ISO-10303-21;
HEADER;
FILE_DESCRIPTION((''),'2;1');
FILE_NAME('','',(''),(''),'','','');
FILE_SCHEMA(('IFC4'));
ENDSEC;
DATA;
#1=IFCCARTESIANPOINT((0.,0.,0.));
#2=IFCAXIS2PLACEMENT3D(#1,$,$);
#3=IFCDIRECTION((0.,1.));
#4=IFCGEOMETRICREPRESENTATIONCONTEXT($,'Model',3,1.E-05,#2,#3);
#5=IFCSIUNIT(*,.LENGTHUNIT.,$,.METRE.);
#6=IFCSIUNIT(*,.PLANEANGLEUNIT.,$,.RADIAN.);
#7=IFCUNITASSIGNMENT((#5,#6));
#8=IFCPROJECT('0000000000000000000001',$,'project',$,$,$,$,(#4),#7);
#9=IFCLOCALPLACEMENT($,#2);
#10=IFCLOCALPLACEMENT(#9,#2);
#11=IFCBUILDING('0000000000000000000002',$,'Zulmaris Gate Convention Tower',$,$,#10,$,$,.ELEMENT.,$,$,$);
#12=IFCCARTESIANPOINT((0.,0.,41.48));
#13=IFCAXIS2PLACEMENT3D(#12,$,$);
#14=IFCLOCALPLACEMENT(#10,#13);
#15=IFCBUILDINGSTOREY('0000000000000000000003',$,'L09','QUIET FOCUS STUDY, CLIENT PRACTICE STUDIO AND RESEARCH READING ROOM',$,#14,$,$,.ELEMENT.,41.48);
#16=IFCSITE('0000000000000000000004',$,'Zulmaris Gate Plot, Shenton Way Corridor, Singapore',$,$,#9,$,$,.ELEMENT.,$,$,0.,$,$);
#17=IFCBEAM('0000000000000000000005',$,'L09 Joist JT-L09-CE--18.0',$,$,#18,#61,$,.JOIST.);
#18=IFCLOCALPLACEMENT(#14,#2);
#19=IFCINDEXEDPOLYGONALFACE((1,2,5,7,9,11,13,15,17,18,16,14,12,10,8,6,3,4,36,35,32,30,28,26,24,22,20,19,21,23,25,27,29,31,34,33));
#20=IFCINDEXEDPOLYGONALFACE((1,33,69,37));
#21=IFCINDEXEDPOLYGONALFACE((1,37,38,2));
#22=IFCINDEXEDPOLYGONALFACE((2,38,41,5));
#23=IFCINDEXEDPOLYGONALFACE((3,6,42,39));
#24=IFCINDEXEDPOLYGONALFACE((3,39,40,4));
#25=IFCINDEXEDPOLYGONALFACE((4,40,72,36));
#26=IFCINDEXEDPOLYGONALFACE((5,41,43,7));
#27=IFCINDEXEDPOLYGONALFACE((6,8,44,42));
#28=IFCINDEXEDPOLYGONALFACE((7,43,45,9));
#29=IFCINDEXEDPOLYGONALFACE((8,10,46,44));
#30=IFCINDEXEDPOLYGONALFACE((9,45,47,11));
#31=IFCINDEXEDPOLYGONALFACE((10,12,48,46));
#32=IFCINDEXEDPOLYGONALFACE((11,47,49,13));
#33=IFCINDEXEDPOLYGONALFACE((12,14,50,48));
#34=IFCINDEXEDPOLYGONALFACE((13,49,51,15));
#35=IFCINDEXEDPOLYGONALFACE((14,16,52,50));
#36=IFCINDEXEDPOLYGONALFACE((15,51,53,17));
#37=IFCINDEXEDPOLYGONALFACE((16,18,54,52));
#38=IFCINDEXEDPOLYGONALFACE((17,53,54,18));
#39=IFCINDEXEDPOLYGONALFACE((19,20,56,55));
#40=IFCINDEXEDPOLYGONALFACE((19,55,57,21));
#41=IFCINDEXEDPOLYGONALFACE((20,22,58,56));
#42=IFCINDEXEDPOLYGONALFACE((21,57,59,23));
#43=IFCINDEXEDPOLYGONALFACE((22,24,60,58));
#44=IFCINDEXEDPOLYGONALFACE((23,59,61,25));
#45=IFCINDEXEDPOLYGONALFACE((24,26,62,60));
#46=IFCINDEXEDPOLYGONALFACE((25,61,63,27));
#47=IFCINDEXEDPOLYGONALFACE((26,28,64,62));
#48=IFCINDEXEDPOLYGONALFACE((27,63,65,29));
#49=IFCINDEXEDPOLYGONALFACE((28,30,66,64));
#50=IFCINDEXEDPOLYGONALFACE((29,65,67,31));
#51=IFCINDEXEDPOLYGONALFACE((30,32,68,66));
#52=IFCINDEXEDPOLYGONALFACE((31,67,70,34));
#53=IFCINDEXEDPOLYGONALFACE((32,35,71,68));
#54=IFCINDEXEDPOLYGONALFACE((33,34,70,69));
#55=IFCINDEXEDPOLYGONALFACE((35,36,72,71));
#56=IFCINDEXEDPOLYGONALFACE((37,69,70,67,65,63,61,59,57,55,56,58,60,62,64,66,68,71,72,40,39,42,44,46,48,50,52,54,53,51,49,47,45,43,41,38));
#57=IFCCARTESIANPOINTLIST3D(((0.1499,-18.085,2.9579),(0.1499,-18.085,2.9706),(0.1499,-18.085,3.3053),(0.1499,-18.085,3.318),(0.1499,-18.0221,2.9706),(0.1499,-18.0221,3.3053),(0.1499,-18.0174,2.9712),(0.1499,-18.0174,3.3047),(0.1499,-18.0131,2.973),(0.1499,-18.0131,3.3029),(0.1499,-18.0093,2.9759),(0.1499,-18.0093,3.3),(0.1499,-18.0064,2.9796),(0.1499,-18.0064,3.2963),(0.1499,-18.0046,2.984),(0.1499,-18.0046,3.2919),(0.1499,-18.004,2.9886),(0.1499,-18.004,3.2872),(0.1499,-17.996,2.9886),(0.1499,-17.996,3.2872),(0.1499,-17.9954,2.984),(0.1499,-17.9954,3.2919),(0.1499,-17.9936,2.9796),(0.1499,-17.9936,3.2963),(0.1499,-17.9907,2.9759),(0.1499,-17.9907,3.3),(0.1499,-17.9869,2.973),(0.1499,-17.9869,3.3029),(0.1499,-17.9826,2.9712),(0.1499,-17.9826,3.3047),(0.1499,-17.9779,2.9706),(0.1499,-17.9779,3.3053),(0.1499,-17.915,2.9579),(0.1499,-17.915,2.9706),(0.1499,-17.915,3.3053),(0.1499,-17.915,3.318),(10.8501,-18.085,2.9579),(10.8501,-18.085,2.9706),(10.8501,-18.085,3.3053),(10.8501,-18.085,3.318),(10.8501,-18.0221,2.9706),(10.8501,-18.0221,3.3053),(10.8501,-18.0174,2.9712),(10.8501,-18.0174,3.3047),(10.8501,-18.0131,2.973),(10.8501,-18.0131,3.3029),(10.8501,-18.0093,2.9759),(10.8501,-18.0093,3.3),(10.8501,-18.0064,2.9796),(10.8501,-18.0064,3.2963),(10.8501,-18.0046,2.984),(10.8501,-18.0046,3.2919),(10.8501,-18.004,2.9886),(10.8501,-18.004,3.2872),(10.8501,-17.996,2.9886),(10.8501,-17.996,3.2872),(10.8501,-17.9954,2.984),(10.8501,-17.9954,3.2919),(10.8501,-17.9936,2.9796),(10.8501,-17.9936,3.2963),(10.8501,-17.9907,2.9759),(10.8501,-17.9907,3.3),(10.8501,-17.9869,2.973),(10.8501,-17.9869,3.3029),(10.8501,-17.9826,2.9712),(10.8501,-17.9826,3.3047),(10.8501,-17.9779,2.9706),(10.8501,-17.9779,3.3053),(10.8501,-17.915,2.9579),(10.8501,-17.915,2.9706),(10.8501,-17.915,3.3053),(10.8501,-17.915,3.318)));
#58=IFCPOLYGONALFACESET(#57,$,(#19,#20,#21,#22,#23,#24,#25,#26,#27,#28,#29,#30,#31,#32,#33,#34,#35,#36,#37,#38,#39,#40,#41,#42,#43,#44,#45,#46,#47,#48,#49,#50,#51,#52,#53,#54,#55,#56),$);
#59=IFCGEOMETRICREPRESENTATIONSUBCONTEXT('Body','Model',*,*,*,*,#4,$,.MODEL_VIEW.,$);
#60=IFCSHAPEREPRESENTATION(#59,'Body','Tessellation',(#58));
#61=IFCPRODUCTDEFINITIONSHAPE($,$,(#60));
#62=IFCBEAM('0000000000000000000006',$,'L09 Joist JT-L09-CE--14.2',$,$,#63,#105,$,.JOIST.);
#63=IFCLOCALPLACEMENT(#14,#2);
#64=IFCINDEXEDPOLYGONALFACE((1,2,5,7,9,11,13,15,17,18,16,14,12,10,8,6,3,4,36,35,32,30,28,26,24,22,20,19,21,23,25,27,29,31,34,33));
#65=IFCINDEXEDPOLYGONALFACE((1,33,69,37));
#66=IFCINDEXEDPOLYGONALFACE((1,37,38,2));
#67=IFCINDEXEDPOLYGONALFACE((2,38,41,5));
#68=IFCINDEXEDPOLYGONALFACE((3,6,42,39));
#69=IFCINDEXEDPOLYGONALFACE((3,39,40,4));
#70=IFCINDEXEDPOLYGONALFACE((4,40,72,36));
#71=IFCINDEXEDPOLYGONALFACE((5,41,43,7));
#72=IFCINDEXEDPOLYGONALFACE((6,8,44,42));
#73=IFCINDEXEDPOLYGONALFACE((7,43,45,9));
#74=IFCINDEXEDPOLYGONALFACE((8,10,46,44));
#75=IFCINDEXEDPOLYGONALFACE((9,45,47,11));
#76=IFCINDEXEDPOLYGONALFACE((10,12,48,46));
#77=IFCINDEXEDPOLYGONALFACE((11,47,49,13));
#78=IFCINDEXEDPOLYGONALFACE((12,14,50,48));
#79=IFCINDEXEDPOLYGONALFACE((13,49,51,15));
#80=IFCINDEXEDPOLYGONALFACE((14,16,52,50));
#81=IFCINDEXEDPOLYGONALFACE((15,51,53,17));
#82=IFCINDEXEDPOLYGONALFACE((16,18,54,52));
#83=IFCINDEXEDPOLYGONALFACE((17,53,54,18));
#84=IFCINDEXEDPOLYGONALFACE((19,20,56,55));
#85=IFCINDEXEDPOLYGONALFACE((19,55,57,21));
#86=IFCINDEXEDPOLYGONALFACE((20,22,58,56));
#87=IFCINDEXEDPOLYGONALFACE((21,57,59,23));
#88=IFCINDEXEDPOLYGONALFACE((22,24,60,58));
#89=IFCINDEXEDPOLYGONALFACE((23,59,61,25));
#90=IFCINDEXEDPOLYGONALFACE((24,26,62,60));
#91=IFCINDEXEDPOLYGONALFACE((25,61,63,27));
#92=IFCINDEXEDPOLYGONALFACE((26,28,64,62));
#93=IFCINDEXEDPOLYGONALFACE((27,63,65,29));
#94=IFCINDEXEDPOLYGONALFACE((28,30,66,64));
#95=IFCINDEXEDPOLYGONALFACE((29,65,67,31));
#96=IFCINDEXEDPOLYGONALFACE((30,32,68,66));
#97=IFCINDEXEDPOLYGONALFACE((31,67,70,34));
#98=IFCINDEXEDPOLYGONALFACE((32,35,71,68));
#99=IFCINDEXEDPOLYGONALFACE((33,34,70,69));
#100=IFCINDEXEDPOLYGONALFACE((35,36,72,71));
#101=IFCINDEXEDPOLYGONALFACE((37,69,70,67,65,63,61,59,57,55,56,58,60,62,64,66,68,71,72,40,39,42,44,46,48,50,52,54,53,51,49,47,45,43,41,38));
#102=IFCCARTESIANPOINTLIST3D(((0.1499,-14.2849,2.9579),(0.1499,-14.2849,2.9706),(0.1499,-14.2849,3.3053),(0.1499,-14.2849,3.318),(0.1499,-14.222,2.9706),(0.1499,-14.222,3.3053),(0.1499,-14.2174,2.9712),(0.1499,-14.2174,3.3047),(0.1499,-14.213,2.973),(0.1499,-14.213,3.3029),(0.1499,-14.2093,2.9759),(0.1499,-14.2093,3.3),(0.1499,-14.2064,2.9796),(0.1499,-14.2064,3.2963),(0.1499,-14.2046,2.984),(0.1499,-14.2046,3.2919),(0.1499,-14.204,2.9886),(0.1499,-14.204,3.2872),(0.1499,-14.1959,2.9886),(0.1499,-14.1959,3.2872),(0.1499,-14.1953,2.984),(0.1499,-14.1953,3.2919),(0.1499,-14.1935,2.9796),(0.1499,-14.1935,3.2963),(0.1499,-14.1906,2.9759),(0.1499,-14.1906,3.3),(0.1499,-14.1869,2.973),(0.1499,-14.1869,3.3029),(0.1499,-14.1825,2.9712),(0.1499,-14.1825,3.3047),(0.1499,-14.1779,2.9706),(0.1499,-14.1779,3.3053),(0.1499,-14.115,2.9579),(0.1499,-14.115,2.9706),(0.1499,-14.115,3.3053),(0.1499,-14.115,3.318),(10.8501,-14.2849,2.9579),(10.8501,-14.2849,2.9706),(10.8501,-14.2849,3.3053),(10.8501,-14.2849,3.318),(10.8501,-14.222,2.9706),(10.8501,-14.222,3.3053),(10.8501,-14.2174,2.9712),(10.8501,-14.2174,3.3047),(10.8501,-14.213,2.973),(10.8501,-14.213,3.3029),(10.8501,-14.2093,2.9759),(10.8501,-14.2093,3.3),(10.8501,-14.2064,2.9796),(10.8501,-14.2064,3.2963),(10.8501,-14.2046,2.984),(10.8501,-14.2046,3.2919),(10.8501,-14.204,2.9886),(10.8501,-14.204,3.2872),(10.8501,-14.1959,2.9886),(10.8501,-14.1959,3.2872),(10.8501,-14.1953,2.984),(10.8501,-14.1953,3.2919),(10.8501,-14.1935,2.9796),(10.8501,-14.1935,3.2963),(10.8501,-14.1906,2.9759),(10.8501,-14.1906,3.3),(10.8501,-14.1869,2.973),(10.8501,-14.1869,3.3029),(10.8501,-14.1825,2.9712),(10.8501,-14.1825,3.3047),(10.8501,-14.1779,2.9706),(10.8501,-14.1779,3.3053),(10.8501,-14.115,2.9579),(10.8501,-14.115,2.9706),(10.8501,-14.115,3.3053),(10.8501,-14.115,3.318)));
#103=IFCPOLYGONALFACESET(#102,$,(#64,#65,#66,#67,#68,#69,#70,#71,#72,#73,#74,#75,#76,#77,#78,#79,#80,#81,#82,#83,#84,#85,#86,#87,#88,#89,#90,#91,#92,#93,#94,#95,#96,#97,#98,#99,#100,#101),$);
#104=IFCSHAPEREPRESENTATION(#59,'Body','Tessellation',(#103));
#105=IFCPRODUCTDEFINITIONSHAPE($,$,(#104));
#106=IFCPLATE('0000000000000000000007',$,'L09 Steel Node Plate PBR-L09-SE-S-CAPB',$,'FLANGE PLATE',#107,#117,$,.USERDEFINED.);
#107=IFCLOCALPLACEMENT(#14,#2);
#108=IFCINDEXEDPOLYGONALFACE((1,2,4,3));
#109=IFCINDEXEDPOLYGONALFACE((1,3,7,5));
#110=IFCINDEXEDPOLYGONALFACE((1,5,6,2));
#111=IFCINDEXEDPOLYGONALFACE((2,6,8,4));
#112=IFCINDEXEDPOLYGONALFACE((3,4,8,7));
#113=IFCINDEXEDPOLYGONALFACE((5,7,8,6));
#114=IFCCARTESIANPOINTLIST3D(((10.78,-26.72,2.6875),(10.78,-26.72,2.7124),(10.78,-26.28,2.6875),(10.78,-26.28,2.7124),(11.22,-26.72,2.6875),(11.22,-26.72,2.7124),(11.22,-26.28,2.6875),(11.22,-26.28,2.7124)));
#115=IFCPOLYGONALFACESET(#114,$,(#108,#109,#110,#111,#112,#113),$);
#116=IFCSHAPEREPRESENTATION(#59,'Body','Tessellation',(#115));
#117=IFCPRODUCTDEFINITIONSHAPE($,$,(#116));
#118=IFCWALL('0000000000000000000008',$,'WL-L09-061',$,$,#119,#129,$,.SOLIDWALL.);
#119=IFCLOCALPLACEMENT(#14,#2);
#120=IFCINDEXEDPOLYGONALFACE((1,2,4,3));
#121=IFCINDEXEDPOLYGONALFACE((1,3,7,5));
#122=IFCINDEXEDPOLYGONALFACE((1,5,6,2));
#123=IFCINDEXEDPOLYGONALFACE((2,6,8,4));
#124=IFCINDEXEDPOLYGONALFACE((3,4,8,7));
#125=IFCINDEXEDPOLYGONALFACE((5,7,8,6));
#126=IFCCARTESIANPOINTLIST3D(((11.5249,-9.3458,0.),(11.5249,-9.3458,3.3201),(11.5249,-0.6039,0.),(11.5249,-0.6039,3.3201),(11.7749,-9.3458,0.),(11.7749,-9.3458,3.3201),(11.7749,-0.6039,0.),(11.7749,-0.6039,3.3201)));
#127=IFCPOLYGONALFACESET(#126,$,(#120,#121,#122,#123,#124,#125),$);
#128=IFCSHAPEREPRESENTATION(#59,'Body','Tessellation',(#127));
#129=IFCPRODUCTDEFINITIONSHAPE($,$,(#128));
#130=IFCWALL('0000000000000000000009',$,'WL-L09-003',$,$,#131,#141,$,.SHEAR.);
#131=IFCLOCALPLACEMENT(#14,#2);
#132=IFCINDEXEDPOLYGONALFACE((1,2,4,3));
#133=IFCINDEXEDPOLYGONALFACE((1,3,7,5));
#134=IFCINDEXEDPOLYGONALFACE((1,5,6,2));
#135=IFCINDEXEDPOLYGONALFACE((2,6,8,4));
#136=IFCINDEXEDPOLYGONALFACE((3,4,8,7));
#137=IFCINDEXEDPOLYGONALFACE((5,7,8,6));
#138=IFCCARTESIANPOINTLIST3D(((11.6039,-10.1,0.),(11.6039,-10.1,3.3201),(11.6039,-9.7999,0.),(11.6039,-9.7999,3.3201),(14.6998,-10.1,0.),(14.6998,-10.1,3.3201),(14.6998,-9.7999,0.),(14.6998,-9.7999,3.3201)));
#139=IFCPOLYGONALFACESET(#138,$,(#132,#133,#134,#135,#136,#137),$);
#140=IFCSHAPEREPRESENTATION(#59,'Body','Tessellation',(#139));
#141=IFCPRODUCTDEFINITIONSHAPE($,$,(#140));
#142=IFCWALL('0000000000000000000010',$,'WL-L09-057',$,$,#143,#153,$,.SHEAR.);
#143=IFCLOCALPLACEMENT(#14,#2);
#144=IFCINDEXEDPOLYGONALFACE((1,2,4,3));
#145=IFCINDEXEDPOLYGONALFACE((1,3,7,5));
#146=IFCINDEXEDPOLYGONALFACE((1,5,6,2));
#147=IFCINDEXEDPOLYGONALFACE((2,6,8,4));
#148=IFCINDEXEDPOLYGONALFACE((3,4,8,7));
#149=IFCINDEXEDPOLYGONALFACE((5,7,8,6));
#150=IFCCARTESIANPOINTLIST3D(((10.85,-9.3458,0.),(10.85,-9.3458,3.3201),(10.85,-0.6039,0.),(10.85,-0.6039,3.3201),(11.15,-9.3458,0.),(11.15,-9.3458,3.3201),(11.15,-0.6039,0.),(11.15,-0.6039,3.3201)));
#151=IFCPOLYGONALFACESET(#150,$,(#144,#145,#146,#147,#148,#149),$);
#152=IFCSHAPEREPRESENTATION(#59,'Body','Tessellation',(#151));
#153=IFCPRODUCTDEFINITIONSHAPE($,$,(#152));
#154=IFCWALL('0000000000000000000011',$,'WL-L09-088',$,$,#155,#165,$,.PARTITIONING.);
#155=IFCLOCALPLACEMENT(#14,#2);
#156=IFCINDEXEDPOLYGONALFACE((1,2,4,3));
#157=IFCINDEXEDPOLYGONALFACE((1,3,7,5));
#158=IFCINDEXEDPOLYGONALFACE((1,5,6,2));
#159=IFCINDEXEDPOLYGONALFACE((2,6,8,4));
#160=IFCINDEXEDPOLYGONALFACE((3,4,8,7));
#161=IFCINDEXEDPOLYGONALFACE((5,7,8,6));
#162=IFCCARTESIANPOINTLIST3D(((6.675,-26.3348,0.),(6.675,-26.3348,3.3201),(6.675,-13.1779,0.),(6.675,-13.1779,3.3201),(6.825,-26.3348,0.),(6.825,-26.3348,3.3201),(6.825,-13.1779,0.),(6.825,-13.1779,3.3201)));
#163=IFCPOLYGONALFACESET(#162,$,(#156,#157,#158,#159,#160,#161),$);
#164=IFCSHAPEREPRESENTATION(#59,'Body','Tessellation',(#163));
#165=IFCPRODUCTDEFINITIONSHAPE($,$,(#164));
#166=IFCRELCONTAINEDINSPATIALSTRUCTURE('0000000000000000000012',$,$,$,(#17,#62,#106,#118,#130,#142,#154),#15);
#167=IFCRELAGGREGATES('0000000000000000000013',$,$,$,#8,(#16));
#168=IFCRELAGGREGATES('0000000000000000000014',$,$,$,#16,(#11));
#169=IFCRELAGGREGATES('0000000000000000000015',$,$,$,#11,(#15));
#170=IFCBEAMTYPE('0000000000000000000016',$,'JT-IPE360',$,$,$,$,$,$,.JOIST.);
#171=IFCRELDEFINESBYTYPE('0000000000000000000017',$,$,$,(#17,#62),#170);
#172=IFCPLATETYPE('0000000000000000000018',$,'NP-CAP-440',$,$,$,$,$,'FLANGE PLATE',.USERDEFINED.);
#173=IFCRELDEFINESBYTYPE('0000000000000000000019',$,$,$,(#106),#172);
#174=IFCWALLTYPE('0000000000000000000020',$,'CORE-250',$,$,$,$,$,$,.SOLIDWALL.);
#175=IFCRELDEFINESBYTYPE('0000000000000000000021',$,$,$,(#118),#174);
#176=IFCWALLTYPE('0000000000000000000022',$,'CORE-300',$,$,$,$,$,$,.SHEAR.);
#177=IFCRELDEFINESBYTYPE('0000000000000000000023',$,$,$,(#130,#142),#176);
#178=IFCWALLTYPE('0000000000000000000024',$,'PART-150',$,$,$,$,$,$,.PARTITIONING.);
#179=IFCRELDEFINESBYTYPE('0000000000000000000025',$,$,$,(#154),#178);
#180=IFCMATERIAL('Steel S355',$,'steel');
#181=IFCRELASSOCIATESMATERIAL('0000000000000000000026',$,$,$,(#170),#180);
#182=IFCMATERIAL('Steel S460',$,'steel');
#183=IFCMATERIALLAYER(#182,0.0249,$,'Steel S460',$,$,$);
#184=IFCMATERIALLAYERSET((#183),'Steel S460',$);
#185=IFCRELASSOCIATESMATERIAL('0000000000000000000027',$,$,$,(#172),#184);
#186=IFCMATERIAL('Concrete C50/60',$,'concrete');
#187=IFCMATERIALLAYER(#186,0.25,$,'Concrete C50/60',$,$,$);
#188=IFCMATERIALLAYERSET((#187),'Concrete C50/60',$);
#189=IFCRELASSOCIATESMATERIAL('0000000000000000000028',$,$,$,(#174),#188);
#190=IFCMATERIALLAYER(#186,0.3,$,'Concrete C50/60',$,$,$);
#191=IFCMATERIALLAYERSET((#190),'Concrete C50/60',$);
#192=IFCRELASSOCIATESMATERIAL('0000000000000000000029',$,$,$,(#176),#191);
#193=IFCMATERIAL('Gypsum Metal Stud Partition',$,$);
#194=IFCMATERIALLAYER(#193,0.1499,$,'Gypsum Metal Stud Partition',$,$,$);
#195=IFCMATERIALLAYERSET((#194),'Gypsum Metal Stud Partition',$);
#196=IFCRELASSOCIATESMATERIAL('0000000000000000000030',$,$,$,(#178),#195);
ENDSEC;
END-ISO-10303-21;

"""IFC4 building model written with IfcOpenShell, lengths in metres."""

from ifc_helpers import new_model, si_unit, direction, frame, frame_2d, origin, origin_2d, place, context, subcontext, project, spatial, rectangle, i_section, extrude, material, layer, layer_set, material_profile, profile_set, type_object, element, save


model = new_model("IFC4")

# Units and contexts
model_context = context("Model", 3, precision=1e-05, world=origin(), true_north=direction((0.0, 1.0)))
body_context = subcontext(model_context, "Body", "Model", "MODEL_VIEW")
ifc_project = project(units=[si_unit("LENGTHUNIT", "METRE"), si_unit("PLANEANGLEUNIT", "RADIAN")], contexts=[model_context])

# Site, building, storey
site_placement = place(None, origin())
site = spatial("IfcSite", under=ifc_project, at=site_placement, Name="Zulmaris Gate Plot, Shenton Way Corridor, Singapore", CompositionType="ELEMENT", RefElevation=0.0)
building_placement = place(site_placement, origin())
building = spatial("IfcBuilding", under=site, at=building_placement, Name="Zulmaris Gate Convention Tower", CompositionType="ELEMENT")
storey_placement = place(building_placement, frame((0.0, 0.0, 41.48)))
storey = spatial("IfcBuildingStorey", under=building, at=storey_placement, Name="L09", Description="QUIET FOCUS STUDY, CLIENT PRACTICE STUDIO AND RESEARCH READING ROOM", CompositionType="ELEMENT", Elevation=41.48)

# Beams
ifc_material_1 = material(Name="Steel S355", Category="steel")
ifc_material_profile_1 = material_profile(ifc_material_1, i_section(OverallWidth=0.1699, OverallDepth=0.3601, WebThickness=0.0081, FlangeThickness=0.0127, FilletRadius=0.0181, at=origin_2d()), Name="IPE 360")
ifc_profile_set_1 = profile_set([ifc_material_profile_1], Name="Steel S355")
beam_type_1 = type_object("IfcBeamType", Name="JT-IPE360", PredefinedType="JOIST", material=ifc_profile_set_1)
for number, where, z_axis, x_axis, name in (
    (1, (0.1499, -18.0, 3.1379), (1.0, 0.0, 0.0), (0.0, 1.0, 0.0), "L09 Joist JT-L09-CE--18.0"),
    (2, (0.1499, -14.2, 3.1379), (1.0, 0.0, 0.0), (0.0, 1.0, 0.0), "L09 Joist JT-L09-CE--14.2"),
):
    element("IfcBeam", number, at=place(storey_placement, frame(where, z_axis=z_axis, x_axis=x_axis)), inside=storey, type_object=beam_type_1, Name=name, PredefinedType="JOIST", context=body_context, shape_type="SweptSolid", body=[
        extrude(i_section(OverallWidth=0.1699, OverallDepth=0.3601, WebThickness=0.0081, FlangeThickness=0.0127, FilletRadius=0.0181, at=origin_2d()), origin(), (0.0, 0.0, 1.0), 10.7002),
    ])

# Plate
ifc_material_2 = material(Name="Steel S460", Category="steel")
ifc_layer_1 = layer(ifc_material_2, 0.0249, Name="Steel S460")
ifc_layer_set_1 = layer_set([ifc_layer_1], Name="Steel S460")
plate_type = type_object("IfcPlateType", Name="NP-CAP-440", ElementType="FLANGE PLATE", PredefinedType="USERDEFINED", material=ifc_layer_set_1)
plate_placement = place(storey_placement, frame((11.0, -26.5, 2.6875), z_axis=(0.0, 0.0, 1.0), x_axis=(1.0, 0.0, 0.0)))
element("IfcPlate", 3, at=plate_placement, inside=storey, type_object=plate_type, Name="L09 Steel Node Plate PBR-L09-SE-S-CAPB", ObjectType="FLANGE PLATE", PredefinedType="USERDEFINED", context=body_context, shape_type="SweptSolid", body=[
    extrude(rectangle(XDim=0.4399, YDim=0.4399, at=origin_2d()), origin(), (0.0, 0.0, 1.0), 0.0249),
])

# Walls
ifc_material_3 = material(Name="Concrete C50/60", Category="concrete")
ifc_layer_2 = layer(ifc_material_3, 0.25, Name="Concrete C50/60")
ifc_layer_set_2 = layer_set([ifc_layer_2], Name="Concrete C50/60")
wall_type_1 = type_object("IfcWallType", Name="CORE-250", PredefinedType="SOLIDWALL", material=ifc_layer_set_2)
wall_1_placement = place(storey_placement, frame((11.6499, -9.3459, 0.0), z_axis=(0.0, 0.0, 1.0), x_axis=(0.0, 1.0, 0.0)))
element("IfcWall", 4, at=wall_1_placement, inside=storey, type_object=wall_type_1, Name="WL-L09-061", PredefinedType="SOLIDWALL", context=body_context, shape_type="SweptSolid", body=[
    extrude(rectangle(XDim=8.7419, YDim=0.25, at=frame_2d((4.3711, 0.0))), origin(), (0.0, 0.0, 1.0), 3.3201),
])
ifc_layer_3 = layer(ifc_material_3, 0.3, Name="Concrete C50/60")
ifc_layer_set_3 = layer_set([ifc_layer_3], Name="Concrete C50/60")
wall_type_2 = type_object("IfcWallType", Name="CORE-300", PredefinedType="SHEAR", material=ifc_layer_set_3)
wall_2_placement = place(storey_placement, frame((11.604, -9.95, 0.0), z_axis=(0.0, 0.0, 1.0), x_axis=(1.0, 0.0, 0.0)))
element("IfcWall", 5, at=wall_2_placement, inside=storey, type_object=wall_type_2, Name="WL-L09-003", PredefinedType="SHEAR", context=body_context, shape_type="SweptSolid", body=[
    extrude(rectangle(XDim=3.0959, YDim=0.3, at=frame_2d((1.5479, 0.0))), origin(), (0.0, 0.0, 1.0), 3.3201),
])
wall_3_placement = place(storey_placement, frame((11.0, -9.3459, 0.0), z_axis=(0.0, 0.0, 1.0), x_axis=(0.0, 1.0, 0.0)))
element("IfcWall", 6, at=wall_3_placement, inside=storey, type_object=wall_type_2, Name="WL-L09-057", PredefinedType="SHEAR", context=body_context, shape_type="SweptSolid", body=[
    extrude(rectangle(XDim=8.7419, YDim=0.3, at=frame_2d((4.3711, 0.0))), origin(), (0.0, 0.0, 1.0), 3.3201),
])
ifc_material_4 = material(Name="Gypsum Metal Stud Partition")
ifc_layer_4 = layer(ifc_material_4, 0.1499, Name="Gypsum Metal Stud Partition")
ifc_layer_set_4 = layer_set([ifc_layer_4], Name="Gypsum Metal Stud Partition")
wall_type_3 = type_object("IfcWallType", Name="PART-150", PredefinedType="PARTITIONING", material=ifc_layer_set_4)
wall_4_placement = place(storey_placement, frame((6.75, -26.335, 0.0), z_axis=(0.0, 0.0, 1.0), x_axis=(0.0, 1.0, 0.0)))
element("IfcWall", 7, at=wall_4_placement, inside=storey, type_object=wall_type_3, Name="WL-L09-088", PredefinedType="PARTITIONING", context=body_context, shape_type="SweptSolid", body=[
    extrude(rectangle(XDim=13.157, YDim=0.1499, at=frame_2d((6.5786, 0.0))), origin(), (0.0, 0.0, 1.0), 3.3201),
])

save(model, "model.ifc")
